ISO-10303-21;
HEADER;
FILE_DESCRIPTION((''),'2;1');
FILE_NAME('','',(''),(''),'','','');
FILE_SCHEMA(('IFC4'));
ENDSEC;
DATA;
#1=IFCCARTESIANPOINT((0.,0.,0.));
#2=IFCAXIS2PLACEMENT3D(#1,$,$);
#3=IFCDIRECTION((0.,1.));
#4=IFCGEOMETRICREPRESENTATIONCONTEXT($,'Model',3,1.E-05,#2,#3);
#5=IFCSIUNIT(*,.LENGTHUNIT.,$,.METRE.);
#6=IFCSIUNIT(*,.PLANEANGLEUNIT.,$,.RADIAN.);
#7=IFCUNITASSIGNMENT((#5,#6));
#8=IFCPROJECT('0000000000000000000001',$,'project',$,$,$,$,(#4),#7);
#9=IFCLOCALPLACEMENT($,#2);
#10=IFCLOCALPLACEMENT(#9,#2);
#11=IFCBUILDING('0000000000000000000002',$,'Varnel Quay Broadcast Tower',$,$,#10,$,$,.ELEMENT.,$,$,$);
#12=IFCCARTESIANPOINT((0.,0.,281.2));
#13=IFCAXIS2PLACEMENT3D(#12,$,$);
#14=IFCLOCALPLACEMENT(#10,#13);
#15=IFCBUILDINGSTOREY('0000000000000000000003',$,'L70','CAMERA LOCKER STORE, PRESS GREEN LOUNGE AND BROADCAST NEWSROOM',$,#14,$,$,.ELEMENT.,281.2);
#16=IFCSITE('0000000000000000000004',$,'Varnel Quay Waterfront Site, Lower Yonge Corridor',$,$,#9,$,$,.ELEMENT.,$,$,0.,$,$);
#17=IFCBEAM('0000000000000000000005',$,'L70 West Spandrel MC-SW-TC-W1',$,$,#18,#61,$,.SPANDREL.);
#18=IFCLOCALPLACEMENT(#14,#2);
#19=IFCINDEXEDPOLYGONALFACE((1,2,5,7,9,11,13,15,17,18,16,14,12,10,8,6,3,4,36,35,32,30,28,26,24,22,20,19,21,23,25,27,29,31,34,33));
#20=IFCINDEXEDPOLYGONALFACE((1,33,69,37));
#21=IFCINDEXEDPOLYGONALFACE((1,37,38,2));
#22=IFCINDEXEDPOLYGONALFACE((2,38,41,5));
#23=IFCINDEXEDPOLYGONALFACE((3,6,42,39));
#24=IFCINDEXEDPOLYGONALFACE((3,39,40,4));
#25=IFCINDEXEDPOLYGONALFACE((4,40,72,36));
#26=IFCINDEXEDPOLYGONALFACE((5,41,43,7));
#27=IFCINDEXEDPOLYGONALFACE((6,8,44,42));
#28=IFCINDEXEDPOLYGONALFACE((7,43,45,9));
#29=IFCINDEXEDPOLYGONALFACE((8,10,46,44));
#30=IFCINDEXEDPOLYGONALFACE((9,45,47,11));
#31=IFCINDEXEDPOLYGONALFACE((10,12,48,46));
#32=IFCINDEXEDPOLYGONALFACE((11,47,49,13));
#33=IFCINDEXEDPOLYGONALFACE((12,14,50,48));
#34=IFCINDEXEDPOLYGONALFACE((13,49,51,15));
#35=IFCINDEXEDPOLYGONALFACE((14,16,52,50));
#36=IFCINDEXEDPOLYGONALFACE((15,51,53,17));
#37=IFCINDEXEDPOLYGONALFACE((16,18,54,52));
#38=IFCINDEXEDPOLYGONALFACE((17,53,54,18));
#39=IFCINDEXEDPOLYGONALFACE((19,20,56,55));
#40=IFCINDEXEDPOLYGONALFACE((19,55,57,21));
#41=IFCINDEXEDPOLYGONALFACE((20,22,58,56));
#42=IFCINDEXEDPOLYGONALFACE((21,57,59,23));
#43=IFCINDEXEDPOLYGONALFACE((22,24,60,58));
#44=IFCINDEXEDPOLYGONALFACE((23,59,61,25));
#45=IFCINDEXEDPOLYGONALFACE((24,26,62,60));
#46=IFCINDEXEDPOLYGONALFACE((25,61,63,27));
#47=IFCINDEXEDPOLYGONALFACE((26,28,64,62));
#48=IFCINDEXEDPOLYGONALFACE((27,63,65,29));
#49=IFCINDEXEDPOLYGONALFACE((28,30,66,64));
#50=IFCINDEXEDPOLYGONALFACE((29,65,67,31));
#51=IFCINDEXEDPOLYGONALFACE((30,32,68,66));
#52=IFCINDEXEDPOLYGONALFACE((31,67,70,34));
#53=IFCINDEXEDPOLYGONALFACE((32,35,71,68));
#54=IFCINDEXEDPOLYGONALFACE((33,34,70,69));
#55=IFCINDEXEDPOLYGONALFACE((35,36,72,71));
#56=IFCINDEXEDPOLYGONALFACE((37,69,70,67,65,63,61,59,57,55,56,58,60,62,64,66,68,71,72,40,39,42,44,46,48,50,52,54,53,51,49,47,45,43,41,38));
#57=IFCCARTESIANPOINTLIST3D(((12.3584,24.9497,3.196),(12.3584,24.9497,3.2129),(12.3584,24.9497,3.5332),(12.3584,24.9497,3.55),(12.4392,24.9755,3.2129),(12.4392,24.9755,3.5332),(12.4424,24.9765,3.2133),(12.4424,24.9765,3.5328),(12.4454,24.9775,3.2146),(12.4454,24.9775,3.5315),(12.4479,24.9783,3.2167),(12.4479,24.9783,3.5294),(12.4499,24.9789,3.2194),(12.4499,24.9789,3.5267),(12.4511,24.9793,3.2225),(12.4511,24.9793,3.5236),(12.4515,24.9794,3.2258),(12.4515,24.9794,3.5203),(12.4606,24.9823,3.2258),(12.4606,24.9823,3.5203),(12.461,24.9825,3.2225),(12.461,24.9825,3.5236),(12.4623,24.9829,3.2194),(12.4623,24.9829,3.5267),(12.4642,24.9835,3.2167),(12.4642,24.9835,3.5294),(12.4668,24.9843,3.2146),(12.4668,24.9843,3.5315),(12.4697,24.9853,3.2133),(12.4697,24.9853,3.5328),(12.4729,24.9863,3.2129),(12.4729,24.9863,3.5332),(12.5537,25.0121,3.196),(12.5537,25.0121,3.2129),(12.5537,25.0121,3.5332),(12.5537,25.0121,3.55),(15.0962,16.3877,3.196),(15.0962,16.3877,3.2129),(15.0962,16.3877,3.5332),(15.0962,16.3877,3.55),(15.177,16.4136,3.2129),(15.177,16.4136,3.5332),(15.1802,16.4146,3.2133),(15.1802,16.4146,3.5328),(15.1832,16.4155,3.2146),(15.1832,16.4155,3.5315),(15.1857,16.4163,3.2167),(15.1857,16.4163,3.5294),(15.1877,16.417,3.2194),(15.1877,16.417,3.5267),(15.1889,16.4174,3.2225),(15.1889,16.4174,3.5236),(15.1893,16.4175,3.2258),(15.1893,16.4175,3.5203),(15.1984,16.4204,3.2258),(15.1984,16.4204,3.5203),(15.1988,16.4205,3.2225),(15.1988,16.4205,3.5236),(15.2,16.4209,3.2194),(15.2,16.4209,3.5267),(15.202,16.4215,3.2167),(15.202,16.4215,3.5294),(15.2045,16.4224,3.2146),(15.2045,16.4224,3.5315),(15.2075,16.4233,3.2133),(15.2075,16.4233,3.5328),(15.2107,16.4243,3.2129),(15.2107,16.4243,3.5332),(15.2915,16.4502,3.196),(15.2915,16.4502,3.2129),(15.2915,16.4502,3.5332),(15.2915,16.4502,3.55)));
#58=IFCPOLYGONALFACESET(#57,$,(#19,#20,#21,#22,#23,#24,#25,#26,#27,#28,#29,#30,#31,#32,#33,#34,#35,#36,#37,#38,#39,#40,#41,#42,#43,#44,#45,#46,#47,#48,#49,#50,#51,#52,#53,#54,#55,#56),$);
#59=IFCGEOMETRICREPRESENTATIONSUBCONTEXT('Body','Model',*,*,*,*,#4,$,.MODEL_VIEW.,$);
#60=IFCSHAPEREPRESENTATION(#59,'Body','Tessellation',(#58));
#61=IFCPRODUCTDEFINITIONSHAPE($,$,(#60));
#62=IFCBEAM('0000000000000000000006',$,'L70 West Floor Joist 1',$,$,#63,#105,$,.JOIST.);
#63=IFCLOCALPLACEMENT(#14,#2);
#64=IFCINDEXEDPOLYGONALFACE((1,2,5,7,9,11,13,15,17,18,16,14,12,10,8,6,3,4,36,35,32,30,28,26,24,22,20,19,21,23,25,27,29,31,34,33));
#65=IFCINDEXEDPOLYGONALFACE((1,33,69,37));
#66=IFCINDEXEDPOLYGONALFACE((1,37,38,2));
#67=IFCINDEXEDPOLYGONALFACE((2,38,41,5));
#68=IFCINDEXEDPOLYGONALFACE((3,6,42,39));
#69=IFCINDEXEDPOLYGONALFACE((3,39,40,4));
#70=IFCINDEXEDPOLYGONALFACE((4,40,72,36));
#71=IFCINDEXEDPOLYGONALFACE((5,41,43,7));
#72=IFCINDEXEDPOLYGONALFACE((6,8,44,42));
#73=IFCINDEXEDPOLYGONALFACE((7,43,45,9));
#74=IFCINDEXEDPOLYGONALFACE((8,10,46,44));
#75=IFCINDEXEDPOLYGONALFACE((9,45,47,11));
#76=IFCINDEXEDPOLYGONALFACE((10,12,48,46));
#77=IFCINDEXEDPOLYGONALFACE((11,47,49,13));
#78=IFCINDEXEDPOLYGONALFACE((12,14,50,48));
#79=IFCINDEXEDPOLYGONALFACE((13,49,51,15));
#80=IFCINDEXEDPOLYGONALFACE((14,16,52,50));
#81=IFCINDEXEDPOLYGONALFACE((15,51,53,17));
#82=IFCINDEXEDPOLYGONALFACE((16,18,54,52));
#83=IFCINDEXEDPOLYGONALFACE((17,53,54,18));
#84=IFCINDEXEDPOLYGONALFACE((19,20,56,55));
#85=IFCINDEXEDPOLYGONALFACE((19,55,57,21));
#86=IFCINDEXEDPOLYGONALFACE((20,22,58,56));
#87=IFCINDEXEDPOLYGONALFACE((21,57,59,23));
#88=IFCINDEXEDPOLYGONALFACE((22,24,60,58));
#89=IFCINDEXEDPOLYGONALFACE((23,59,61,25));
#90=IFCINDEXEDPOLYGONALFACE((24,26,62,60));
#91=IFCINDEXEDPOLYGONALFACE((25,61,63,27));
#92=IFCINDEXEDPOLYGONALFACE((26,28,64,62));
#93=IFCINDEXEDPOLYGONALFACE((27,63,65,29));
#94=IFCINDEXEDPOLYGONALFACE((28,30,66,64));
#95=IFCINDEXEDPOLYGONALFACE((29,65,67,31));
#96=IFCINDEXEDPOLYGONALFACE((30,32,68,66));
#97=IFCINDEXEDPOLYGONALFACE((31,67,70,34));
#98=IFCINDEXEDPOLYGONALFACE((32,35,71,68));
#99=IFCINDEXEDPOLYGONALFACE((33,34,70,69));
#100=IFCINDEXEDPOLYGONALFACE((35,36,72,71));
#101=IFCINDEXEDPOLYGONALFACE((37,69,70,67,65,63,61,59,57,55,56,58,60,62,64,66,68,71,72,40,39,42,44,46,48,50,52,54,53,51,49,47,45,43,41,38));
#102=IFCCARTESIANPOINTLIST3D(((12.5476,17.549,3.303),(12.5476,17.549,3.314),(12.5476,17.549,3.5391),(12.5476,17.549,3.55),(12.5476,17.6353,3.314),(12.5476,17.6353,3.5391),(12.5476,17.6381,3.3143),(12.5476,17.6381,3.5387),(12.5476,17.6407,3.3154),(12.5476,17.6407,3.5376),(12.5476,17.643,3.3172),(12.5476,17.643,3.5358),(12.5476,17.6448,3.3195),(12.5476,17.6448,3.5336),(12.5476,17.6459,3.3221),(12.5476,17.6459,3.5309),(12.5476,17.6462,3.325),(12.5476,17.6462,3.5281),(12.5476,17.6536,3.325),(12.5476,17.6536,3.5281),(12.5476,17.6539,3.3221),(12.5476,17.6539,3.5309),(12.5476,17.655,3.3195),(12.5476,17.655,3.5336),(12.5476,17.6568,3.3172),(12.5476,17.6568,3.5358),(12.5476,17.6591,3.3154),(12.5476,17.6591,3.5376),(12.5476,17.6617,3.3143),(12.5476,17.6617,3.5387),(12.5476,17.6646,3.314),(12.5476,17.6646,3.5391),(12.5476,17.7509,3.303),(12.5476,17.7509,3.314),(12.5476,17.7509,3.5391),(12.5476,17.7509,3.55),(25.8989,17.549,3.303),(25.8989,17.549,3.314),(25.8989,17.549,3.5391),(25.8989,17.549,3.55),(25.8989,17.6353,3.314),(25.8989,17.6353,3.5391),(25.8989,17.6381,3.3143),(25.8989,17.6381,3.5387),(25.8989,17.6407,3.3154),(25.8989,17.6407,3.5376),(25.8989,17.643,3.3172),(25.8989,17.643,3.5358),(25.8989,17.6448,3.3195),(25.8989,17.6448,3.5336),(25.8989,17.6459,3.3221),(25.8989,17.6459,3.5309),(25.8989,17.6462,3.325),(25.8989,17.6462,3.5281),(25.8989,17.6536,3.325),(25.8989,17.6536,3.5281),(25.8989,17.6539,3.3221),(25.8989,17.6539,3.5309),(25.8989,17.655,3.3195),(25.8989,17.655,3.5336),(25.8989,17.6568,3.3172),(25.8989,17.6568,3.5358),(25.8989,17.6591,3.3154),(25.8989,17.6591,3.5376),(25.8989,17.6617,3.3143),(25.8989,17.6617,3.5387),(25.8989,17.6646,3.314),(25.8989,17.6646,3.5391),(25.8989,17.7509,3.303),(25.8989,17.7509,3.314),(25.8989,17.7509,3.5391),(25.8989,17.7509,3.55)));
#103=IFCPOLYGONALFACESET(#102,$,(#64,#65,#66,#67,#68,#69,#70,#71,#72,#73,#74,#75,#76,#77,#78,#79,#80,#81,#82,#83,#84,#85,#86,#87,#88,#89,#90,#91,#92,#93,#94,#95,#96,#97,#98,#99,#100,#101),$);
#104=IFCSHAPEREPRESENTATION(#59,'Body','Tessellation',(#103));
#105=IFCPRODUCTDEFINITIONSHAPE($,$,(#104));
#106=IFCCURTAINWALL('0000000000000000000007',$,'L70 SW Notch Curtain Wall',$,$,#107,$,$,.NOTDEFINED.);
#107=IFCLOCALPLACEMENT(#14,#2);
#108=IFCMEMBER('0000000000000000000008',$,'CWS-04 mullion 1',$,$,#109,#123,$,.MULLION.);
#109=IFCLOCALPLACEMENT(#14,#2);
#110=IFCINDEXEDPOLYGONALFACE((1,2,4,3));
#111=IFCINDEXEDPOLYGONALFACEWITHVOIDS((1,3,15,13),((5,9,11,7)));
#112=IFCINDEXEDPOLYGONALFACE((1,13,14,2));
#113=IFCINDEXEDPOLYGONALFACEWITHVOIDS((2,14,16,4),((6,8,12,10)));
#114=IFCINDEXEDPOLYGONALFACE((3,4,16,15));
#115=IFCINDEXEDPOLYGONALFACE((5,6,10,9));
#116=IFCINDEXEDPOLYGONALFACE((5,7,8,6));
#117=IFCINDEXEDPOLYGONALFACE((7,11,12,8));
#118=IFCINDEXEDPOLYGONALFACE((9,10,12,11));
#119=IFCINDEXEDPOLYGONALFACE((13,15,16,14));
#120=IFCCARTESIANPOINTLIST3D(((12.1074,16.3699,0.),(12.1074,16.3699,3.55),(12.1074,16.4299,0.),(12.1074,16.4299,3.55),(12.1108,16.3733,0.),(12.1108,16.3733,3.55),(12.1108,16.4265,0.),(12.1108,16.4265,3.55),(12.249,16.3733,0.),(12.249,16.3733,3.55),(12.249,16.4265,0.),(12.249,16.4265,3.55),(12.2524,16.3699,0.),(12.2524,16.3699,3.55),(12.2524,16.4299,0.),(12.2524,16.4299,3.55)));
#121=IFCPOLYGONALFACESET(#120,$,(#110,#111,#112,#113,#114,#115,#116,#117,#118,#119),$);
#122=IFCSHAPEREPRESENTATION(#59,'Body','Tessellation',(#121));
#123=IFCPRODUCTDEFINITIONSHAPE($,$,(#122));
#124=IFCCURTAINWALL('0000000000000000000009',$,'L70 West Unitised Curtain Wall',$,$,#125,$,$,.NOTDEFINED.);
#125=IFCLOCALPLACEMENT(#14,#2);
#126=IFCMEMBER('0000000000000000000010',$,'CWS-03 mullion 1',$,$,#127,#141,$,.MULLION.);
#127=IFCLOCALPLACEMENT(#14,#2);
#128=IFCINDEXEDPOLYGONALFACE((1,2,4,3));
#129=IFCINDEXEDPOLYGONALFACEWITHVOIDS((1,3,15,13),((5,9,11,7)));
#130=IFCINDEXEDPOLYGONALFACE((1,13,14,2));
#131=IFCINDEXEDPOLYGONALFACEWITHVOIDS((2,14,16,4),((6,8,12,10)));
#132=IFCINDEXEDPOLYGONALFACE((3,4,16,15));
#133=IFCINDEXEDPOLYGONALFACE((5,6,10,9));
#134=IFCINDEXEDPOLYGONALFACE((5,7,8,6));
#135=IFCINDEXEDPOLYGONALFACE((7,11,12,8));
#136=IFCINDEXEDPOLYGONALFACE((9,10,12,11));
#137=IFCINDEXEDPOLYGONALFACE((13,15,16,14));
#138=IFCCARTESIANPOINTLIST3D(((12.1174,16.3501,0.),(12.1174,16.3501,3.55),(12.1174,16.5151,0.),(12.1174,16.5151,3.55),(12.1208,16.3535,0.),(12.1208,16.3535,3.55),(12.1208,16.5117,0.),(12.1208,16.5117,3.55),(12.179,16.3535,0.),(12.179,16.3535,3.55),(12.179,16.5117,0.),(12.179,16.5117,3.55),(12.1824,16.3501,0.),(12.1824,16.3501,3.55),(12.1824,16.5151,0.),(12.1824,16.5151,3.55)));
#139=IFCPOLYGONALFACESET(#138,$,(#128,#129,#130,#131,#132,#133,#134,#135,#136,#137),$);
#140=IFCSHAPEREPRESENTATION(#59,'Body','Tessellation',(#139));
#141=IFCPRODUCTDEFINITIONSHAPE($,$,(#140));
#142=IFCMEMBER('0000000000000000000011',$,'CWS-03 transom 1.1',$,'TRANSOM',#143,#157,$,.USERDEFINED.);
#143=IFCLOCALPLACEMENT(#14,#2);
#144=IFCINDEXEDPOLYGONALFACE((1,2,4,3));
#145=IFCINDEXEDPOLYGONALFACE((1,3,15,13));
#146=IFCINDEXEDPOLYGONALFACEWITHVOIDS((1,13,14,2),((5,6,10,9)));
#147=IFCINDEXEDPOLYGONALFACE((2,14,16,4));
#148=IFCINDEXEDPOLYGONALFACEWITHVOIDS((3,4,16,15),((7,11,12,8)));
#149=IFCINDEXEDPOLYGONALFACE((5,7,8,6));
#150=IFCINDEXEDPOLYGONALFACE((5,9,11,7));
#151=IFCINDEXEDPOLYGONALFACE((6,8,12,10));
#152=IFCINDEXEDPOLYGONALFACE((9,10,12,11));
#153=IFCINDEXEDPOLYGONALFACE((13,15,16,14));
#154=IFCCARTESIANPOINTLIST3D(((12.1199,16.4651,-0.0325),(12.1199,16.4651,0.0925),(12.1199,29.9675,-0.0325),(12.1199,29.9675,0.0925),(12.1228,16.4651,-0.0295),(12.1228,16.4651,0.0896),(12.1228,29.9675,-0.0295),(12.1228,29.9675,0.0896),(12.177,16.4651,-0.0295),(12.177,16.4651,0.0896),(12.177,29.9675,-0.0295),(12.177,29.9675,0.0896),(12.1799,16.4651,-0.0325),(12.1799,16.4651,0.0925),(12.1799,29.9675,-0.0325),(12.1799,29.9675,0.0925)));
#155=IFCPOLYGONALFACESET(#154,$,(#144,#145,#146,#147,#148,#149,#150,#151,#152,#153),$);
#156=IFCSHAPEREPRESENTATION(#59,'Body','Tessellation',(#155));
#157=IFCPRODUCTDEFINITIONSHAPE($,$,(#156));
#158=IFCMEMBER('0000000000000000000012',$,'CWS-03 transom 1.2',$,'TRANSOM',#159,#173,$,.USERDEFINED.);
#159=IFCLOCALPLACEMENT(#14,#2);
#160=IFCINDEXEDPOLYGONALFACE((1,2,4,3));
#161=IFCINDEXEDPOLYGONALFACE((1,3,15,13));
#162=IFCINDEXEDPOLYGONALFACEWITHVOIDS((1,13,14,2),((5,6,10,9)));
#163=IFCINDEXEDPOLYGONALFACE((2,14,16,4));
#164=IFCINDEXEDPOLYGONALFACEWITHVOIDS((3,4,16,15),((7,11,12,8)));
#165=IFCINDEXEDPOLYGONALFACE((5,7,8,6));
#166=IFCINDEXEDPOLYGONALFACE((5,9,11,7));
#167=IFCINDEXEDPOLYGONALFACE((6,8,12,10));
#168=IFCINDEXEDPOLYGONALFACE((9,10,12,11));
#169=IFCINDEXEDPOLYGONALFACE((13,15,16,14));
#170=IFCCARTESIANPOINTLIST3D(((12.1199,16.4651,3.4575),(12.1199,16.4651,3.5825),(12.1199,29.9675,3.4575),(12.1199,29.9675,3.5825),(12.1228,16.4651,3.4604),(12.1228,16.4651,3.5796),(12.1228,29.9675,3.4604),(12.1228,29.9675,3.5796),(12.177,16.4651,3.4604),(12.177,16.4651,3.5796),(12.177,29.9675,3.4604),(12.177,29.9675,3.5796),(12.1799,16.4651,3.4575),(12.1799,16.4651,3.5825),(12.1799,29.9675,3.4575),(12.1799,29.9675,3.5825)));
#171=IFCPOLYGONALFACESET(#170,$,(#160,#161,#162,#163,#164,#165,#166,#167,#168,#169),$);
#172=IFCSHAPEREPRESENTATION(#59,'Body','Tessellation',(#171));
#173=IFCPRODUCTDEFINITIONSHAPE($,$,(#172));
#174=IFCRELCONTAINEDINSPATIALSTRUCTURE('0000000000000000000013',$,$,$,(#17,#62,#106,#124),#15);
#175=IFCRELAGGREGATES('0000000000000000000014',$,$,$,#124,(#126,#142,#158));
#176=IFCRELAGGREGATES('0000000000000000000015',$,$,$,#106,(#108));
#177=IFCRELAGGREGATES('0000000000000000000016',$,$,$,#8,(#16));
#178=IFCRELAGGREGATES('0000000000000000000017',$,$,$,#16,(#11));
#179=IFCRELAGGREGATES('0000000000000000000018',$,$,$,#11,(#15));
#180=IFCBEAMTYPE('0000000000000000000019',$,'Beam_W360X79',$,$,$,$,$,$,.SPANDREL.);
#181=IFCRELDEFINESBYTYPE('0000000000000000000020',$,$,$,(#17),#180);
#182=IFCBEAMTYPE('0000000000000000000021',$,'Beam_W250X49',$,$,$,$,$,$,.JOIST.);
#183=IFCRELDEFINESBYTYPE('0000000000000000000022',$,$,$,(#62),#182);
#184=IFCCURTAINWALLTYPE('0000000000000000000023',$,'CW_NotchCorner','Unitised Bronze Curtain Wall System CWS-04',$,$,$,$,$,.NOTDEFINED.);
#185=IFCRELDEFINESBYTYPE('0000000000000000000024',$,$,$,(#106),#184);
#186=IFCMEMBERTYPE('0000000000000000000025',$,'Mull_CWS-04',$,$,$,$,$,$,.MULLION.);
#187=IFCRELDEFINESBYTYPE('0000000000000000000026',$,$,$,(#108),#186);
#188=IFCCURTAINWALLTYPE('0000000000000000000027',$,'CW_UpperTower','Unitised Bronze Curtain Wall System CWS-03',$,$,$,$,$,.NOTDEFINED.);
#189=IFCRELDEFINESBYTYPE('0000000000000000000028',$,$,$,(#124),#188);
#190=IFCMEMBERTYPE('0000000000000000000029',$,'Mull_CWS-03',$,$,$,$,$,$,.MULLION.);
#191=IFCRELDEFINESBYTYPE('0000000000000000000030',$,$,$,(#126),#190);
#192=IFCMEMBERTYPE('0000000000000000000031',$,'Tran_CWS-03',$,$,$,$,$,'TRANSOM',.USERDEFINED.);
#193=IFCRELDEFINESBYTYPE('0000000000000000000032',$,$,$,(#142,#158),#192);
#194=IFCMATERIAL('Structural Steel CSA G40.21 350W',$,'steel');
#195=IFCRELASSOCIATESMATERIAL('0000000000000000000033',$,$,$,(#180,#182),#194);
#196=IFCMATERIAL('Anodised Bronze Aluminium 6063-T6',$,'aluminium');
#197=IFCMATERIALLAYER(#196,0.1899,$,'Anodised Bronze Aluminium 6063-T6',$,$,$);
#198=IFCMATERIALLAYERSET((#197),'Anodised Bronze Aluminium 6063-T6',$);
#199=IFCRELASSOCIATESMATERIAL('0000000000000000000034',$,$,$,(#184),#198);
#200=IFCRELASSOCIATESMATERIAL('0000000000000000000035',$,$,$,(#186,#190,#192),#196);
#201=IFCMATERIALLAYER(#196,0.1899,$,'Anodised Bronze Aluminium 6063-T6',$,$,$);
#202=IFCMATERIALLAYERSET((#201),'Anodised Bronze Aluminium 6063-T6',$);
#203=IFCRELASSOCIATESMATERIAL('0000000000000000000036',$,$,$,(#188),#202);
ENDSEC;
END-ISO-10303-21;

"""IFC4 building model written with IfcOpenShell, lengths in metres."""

from ifc_helpers import new_model, si_unit, direction, frame, origin, origin_2d, place, context, subcontext, project, spatial, hollow_rectangle, i_section, extrude, source, transform, mapped, material, layer, layer_set, material_profile, profile_set, type_object, type_shapes, element, aggregate, save


model = new_model("IFC4")

# Units and contexts
model_context = context("Model", 3, precision=1e-05, world=origin(), true_north=direction((0.0, 1.0)))
body_context = subcontext(model_context, "Body", "Model", "MODEL_VIEW")
ifc_project = project(units=[si_unit("LENGTHUNIT", "METRE"), si_unit("PLANEANGLEUNIT", "RADIAN")], contexts=[model_context])

# Site, building, storey
site_placement = place(None, origin())
site = spatial("IfcSite", under=ifc_project, at=site_placement, Name="Varnel Quay Waterfront Site, Lower Yonge Corridor", CompositionType="ELEMENT", RefElevation=0.0)
building_placement = place(site_placement, origin())
building = spatial("IfcBuilding", under=site, at=building_placement, Name="Varnel Quay Broadcast Tower", CompositionType="ELEMENT")
storey_placement = place(building_placement, frame((0.0, 0.0, 281.2)))
storey = spatial("IfcBuildingStorey", under=building, at=storey_placement, Name="L70", Description="CAMERA LOCKER STORE, PRESS GREEN LOUNGE AND BROADCAST NEWSROOM", CompositionType="ELEMENT", Elevation=281.2)

# Beams
ifc_material_1 = material(Name="Structural Steel CSA G40.21 350W", Category="steel")
ifc_material_profile_1 = material_profile(ifc_material_1, i_section(OverallWidth=0.2051, OverallDepth=0.354, WebThickness=0.0095, FlangeThickness=0.0168, FilletRadius=0.0129, at=origin_2d()), Name="W360X79")
ifc_profile_set_1 = profile_set([ifc_material_profile_1], Name="Structural Steel CSA G40.21 350W")
beam_type_1 = type_object("IfcBeamType", Name="Beam_W360X79", PredefinedType="SPANDREL", material=ifc_profile_set_1)
shared_shape_1 = source(origin(), body_context, "Body", "SweptSolid", [
    extrude(i_section(OverallWidth=0.2051, OverallDepth=0.354, WebThickness=0.0095, FlangeThickness=0.0168, FilletRadius=0.0129, at=origin_2d()), origin(), (0.0, 0.0, 1.0), 8.989),
])
type_shapes(beam_type_1, [shared_shape_1])
beam_1_placement = place(storey_placement, frame((15.1938, 16.4189, 3.373), z_axis=(-0.304569, 0.95249, 0.0), x_axis=(-0.95249, -0.304569, 0.0)))
element("IfcBeam", 1, at=beam_1_placement, inside=storey, type_object=beam_type_1, Name="L70 West Spandrel MC-SW-TC-W1", PredefinedType="SPANDREL", context=body_context, shape_type="MappedRepresentation", body=[
    mapped(shared_shape_1, transform((0.0, 0.0, 0.0), x_axis=(1.0, 0.0, 0.0), y_axis=(0.0, 1.0, 0.0), z_axis=(0.0, 0.0, 1.0), scale=1.0)),
])
ifc_material_profile_2 = material_profile(ifc_material_1, i_section(OverallWidth=0.2019, OverallDepth=0.2471, WebThickness=0.0073, FlangeThickness=0.011, FilletRadius=0.011, at=origin_2d()), Name="W250X49")
ifc_profile_set_2 = profile_set([ifc_material_profile_2], Name="Structural Steel CSA G40.21 350W")
beam_type_2 = type_object("IfcBeamType", Name="Beam_W250X49", PredefinedType="JOIST", material=ifc_profile_set_2)
shared_shape_2 = source(origin(), body_context, "Body", "SweptSolid", [
    extrude(i_section(OverallWidth=0.2019, OverallDepth=0.2471, WebThickness=0.0073, FlangeThickness=0.011, FilletRadius=0.011, at=origin_2d()), origin(), (0.0, 0.0, 1.0), 13.3513),
])
type_shapes(beam_type_2, [shared_shape_2])
beam_2_placement = place(storey_placement, frame((12.5476, 17.6499, 3.4265), z_axis=(1.0, 0.0, 0.0), x_axis=(0.0, 1.0, 0.0)))
element("IfcBeam", 2, at=beam_2_placement, inside=storey, type_object=beam_type_2, Name="L70 West Floor Joist 1", PredefinedType="JOIST", context=body_context, shape_type="MappedRepresentation", body=[
    mapped(shared_shape_2, transform((0.0, 0.0, 0.0), x_axis=(1.0, 0.0, 0.0), y_axis=(0.0, 1.0, 0.0), z_axis=(0.0, 0.0, 1.0), scale=1.0)),
])

# Curtain wall, member
ifc_material_2 = material(Name="Anodised Bronze Aluminium 6063-T6", Category="aluminium")
ifc_layer_1 = layer(ifc_material_2, 0.1899, Name="Anodised Bronze Aluminium 6063-T6")
ifc_layer_set_1 = layer_set([ifc_layer_1], Name="Anodised Bronze Aluminium 6063-T6")
curtain_wall_type_1 = type_object("IfcCurtainWallType", Name="CW_NotchCorner", Description="Unitised Bronze Curtain Wall System CWS-04", PredefinedType="NOTDEFINED", material=ifc_layer_set_1)
curtain_wall_1_placement = place(storey_placement, origin())
curtain_wall_1 = element("IfcCurtainWall", 3, at=curtain_wall_1_placement, inside=storey, type_object=curtain_wall_type_1, Name="L70 SW Notch Curtain Wall", PredefinedType="NOTDEFINED")
ifc_material_profile_3 = material_profile(ifc_material_2, hollow_rectangle(XDim=0.0601, YDim=0.145, WallThickness=0.0034, at=origin_2d()), Name="ALU60X145X3.5")
ifc_profile_set_3 = profile_set([ifc_material_profile_3], Name="Anodised Bronze Aluminium 6063-T6")
member_type_1 = type_object("IfcMemberType", Name="Mull_CWS-04", PredefinedType="MULLION", material=ifc_profile_set_3)
shared_shape_3 = source(origin(), body_context, "Body", "SweptSolid", [
    extrude(hollow_rectangle(XDim=0.0601, YDim=0.145, WallThickness=0.0034, at=origin_2d()), origin(), (0.0, 0.0, 1.0), 3.55),
])
type_shapes(member_type_1, [shared_shape_3])
member_1_placement = place(storey_placement, frame((12.1799, 16.3999, 0.0), z_axis=(0.0, 0.0, 1.0), x_axis=(0.0, 1.0, 0.0)))
member_1 = element("IfcMember", 4, at=member_1_placement, type_object=member_type_1, Name="CWS-04 mullion 1", PredefinedType="MULLION", context=body_context, shape_type="MappedRepresentation", body=[
    mapped(shared_shape_3, transform((0.0, 0.0, 0.0), x_axis=(1.0, 0.0, 0.0), y_axis=(0.0, 1.0, 0.0), z_axis=(0.0, 0.0, 1.0), scale=1.0)),
])

# Curtain wall, members
ifc_layer_2 = layer(ifc_material_2, 0.1899, Name="Anodised Bronze Aluminium 6063-T6")
ifc_layer_set_2 = layer_set([ifc_layer_2], Name="Anodised Bronze Aluminium 6063-T6")
curtain_wall_type_2 = type_object("IfcCurtainWallType", Name="CW_UpperTower", Description="Unitised Bronze Curtain Wall System CWS-03", PredefinedType="NOTDEFINED", material=ifc_layer_set_2)
curtain_wall_2_placement = place(storey_placement, origin())
curtain_wall_2 = element("IfcCurtainWall", 5, at=curtain_wall_2_placement, inside=storey, type_object=curtain_wall_type_2, Name="L70 West Unitised Curtain Wall", PredefinedType="NOTDEFINED")
ifc_material_profile_4 = material_profile(ifc_material_2, hollow_rectangle(XDim=0.0649, YDim=0.165, WallThickness=0.0034, at=origin_2d()), Name="ALU65X165X3.5")
ifc_profile_set_4 = profile_set([ifc_material_profile_4], Name="Anodised Bronze Aluminium 6063-T6")
member_type_2 = type_object("IfcMemberType", Name="Mull_CWS-03", PredefinedType="MULLION", material=ifc_profile_set_4)
shared_shape_4 = source(origin(), body_context, "Body", "SweptSolid", [
    extrude(hollow_rectangle(XDim=0.0649, YDim=0.165, WallThickness=0.0034, at=origin_2d()), origin(), (0.0, 0.0, 1.0), 3.55),
])
type_shapes(member_type_2, [shared_shape_4])
member_2_placement = place(storey_placement, frame((12.1499, 16.4326, 0.0), z_axis=(0.0, 0.0, 1.0), x_axis=(-1.0, 0.0, 0.0)))
member_2 = element("IfcMember", 6, at=member_2_placement, type_object=member_type_2, Name="CWS-03 mullion 1", PredefinedType="MULLION", context=body_context, shape_type="MappedRepresentation", body=[
    mapped(shared_shape_4, transform((0.0, 0.0, 0.0), x_axis=(1.0, 0.0, 0.0), y_axis=(0.0, 1.0, 0.0), z_axis=(0.0, 0.0, 1.0), scale=1.0)),
])
ifc_material_profile_5 = material_profile(ifc_material_2, hollow_rectangle(XDim=0.0601, YDim=0.125, WallThickness=0.0029, at=origin_2d()), Name="ALU60X125X3")
ifc_profile_set_5 = profile_set([ifc_material_profile_5], Name="Anodised Bronze Aluminium 6063-T6")
member_type_3 = type_object("IfcMemberType", Name="Tran_CWS-03", ElementType="TRANSOM", PredefinedType="USERDEFINED", material=ifc_profile_set_5)
shared_shape_5 = source(origin(), body_context, "Body", "SweptSolid", [
    extrude(hollow_rectangle(XDim=0.0601, YDim=0.125, WallThickness=0.0029, at=origin_2d()), origin(), (0.0, 0.0, 1.0), 13.5024),
])
type_shapes(member_type_3, [shared_shape_5])
member_3_placement = place(storey_placement, frame((12.1499, 16.4651, 0.03), z_axis=(0.0, 1.0, 0.0), x_axis=(-1.0, 0.0, 0.0)))
member_3 = element("IfcMember", 7, at=member_3_placement, type_object=member_type_3, Name="CWS-03 transom 1.1", ObjectType="TRANSOM", PredefinedType="USERDEFINED", context=body_context, shape_type="MappedRepresentation", body=[
    mapped(shared_shape_5, transform((0.0, 0.0, 0.0), x_axis=(1.0, 0.0, 0.0), y_axis=(0.0, 1.0, 0.0), z_axis=(0.0, 0.0, 1.0), scale=1.0)),
])
member_4_placement = place(storey_placement, frame((12.1499, 16.4651, 3.52), z_axis=(0.0, 1.0, 0.0), x_axis=(-1.0, 0.0, 0.0)))
member_4 = element("IfcMember", 8, at=member_4_placement, type_object=member_type_3, Name="CWS-03 transom 1.2", ObjectType="TRANSOM", PredefinedType="USERDEFINED", context=body_context, shape_type="MappedRepresentation", body=[
    mapped(shared_shape_5, transform((0.0, 0.0, 0.0), x_axis=(1.0, 0.0, 0.0), y_axis=(0.0, 1.0, 0.0), z_axis=(0.0, 0.0, 1.0), scale=1.0)),
])
aggregate(curtain_wall_2, [member_2, member_3, member_4])

aggregate(curtain_wall_1, [member_1])

save(model, "model.ifc")
